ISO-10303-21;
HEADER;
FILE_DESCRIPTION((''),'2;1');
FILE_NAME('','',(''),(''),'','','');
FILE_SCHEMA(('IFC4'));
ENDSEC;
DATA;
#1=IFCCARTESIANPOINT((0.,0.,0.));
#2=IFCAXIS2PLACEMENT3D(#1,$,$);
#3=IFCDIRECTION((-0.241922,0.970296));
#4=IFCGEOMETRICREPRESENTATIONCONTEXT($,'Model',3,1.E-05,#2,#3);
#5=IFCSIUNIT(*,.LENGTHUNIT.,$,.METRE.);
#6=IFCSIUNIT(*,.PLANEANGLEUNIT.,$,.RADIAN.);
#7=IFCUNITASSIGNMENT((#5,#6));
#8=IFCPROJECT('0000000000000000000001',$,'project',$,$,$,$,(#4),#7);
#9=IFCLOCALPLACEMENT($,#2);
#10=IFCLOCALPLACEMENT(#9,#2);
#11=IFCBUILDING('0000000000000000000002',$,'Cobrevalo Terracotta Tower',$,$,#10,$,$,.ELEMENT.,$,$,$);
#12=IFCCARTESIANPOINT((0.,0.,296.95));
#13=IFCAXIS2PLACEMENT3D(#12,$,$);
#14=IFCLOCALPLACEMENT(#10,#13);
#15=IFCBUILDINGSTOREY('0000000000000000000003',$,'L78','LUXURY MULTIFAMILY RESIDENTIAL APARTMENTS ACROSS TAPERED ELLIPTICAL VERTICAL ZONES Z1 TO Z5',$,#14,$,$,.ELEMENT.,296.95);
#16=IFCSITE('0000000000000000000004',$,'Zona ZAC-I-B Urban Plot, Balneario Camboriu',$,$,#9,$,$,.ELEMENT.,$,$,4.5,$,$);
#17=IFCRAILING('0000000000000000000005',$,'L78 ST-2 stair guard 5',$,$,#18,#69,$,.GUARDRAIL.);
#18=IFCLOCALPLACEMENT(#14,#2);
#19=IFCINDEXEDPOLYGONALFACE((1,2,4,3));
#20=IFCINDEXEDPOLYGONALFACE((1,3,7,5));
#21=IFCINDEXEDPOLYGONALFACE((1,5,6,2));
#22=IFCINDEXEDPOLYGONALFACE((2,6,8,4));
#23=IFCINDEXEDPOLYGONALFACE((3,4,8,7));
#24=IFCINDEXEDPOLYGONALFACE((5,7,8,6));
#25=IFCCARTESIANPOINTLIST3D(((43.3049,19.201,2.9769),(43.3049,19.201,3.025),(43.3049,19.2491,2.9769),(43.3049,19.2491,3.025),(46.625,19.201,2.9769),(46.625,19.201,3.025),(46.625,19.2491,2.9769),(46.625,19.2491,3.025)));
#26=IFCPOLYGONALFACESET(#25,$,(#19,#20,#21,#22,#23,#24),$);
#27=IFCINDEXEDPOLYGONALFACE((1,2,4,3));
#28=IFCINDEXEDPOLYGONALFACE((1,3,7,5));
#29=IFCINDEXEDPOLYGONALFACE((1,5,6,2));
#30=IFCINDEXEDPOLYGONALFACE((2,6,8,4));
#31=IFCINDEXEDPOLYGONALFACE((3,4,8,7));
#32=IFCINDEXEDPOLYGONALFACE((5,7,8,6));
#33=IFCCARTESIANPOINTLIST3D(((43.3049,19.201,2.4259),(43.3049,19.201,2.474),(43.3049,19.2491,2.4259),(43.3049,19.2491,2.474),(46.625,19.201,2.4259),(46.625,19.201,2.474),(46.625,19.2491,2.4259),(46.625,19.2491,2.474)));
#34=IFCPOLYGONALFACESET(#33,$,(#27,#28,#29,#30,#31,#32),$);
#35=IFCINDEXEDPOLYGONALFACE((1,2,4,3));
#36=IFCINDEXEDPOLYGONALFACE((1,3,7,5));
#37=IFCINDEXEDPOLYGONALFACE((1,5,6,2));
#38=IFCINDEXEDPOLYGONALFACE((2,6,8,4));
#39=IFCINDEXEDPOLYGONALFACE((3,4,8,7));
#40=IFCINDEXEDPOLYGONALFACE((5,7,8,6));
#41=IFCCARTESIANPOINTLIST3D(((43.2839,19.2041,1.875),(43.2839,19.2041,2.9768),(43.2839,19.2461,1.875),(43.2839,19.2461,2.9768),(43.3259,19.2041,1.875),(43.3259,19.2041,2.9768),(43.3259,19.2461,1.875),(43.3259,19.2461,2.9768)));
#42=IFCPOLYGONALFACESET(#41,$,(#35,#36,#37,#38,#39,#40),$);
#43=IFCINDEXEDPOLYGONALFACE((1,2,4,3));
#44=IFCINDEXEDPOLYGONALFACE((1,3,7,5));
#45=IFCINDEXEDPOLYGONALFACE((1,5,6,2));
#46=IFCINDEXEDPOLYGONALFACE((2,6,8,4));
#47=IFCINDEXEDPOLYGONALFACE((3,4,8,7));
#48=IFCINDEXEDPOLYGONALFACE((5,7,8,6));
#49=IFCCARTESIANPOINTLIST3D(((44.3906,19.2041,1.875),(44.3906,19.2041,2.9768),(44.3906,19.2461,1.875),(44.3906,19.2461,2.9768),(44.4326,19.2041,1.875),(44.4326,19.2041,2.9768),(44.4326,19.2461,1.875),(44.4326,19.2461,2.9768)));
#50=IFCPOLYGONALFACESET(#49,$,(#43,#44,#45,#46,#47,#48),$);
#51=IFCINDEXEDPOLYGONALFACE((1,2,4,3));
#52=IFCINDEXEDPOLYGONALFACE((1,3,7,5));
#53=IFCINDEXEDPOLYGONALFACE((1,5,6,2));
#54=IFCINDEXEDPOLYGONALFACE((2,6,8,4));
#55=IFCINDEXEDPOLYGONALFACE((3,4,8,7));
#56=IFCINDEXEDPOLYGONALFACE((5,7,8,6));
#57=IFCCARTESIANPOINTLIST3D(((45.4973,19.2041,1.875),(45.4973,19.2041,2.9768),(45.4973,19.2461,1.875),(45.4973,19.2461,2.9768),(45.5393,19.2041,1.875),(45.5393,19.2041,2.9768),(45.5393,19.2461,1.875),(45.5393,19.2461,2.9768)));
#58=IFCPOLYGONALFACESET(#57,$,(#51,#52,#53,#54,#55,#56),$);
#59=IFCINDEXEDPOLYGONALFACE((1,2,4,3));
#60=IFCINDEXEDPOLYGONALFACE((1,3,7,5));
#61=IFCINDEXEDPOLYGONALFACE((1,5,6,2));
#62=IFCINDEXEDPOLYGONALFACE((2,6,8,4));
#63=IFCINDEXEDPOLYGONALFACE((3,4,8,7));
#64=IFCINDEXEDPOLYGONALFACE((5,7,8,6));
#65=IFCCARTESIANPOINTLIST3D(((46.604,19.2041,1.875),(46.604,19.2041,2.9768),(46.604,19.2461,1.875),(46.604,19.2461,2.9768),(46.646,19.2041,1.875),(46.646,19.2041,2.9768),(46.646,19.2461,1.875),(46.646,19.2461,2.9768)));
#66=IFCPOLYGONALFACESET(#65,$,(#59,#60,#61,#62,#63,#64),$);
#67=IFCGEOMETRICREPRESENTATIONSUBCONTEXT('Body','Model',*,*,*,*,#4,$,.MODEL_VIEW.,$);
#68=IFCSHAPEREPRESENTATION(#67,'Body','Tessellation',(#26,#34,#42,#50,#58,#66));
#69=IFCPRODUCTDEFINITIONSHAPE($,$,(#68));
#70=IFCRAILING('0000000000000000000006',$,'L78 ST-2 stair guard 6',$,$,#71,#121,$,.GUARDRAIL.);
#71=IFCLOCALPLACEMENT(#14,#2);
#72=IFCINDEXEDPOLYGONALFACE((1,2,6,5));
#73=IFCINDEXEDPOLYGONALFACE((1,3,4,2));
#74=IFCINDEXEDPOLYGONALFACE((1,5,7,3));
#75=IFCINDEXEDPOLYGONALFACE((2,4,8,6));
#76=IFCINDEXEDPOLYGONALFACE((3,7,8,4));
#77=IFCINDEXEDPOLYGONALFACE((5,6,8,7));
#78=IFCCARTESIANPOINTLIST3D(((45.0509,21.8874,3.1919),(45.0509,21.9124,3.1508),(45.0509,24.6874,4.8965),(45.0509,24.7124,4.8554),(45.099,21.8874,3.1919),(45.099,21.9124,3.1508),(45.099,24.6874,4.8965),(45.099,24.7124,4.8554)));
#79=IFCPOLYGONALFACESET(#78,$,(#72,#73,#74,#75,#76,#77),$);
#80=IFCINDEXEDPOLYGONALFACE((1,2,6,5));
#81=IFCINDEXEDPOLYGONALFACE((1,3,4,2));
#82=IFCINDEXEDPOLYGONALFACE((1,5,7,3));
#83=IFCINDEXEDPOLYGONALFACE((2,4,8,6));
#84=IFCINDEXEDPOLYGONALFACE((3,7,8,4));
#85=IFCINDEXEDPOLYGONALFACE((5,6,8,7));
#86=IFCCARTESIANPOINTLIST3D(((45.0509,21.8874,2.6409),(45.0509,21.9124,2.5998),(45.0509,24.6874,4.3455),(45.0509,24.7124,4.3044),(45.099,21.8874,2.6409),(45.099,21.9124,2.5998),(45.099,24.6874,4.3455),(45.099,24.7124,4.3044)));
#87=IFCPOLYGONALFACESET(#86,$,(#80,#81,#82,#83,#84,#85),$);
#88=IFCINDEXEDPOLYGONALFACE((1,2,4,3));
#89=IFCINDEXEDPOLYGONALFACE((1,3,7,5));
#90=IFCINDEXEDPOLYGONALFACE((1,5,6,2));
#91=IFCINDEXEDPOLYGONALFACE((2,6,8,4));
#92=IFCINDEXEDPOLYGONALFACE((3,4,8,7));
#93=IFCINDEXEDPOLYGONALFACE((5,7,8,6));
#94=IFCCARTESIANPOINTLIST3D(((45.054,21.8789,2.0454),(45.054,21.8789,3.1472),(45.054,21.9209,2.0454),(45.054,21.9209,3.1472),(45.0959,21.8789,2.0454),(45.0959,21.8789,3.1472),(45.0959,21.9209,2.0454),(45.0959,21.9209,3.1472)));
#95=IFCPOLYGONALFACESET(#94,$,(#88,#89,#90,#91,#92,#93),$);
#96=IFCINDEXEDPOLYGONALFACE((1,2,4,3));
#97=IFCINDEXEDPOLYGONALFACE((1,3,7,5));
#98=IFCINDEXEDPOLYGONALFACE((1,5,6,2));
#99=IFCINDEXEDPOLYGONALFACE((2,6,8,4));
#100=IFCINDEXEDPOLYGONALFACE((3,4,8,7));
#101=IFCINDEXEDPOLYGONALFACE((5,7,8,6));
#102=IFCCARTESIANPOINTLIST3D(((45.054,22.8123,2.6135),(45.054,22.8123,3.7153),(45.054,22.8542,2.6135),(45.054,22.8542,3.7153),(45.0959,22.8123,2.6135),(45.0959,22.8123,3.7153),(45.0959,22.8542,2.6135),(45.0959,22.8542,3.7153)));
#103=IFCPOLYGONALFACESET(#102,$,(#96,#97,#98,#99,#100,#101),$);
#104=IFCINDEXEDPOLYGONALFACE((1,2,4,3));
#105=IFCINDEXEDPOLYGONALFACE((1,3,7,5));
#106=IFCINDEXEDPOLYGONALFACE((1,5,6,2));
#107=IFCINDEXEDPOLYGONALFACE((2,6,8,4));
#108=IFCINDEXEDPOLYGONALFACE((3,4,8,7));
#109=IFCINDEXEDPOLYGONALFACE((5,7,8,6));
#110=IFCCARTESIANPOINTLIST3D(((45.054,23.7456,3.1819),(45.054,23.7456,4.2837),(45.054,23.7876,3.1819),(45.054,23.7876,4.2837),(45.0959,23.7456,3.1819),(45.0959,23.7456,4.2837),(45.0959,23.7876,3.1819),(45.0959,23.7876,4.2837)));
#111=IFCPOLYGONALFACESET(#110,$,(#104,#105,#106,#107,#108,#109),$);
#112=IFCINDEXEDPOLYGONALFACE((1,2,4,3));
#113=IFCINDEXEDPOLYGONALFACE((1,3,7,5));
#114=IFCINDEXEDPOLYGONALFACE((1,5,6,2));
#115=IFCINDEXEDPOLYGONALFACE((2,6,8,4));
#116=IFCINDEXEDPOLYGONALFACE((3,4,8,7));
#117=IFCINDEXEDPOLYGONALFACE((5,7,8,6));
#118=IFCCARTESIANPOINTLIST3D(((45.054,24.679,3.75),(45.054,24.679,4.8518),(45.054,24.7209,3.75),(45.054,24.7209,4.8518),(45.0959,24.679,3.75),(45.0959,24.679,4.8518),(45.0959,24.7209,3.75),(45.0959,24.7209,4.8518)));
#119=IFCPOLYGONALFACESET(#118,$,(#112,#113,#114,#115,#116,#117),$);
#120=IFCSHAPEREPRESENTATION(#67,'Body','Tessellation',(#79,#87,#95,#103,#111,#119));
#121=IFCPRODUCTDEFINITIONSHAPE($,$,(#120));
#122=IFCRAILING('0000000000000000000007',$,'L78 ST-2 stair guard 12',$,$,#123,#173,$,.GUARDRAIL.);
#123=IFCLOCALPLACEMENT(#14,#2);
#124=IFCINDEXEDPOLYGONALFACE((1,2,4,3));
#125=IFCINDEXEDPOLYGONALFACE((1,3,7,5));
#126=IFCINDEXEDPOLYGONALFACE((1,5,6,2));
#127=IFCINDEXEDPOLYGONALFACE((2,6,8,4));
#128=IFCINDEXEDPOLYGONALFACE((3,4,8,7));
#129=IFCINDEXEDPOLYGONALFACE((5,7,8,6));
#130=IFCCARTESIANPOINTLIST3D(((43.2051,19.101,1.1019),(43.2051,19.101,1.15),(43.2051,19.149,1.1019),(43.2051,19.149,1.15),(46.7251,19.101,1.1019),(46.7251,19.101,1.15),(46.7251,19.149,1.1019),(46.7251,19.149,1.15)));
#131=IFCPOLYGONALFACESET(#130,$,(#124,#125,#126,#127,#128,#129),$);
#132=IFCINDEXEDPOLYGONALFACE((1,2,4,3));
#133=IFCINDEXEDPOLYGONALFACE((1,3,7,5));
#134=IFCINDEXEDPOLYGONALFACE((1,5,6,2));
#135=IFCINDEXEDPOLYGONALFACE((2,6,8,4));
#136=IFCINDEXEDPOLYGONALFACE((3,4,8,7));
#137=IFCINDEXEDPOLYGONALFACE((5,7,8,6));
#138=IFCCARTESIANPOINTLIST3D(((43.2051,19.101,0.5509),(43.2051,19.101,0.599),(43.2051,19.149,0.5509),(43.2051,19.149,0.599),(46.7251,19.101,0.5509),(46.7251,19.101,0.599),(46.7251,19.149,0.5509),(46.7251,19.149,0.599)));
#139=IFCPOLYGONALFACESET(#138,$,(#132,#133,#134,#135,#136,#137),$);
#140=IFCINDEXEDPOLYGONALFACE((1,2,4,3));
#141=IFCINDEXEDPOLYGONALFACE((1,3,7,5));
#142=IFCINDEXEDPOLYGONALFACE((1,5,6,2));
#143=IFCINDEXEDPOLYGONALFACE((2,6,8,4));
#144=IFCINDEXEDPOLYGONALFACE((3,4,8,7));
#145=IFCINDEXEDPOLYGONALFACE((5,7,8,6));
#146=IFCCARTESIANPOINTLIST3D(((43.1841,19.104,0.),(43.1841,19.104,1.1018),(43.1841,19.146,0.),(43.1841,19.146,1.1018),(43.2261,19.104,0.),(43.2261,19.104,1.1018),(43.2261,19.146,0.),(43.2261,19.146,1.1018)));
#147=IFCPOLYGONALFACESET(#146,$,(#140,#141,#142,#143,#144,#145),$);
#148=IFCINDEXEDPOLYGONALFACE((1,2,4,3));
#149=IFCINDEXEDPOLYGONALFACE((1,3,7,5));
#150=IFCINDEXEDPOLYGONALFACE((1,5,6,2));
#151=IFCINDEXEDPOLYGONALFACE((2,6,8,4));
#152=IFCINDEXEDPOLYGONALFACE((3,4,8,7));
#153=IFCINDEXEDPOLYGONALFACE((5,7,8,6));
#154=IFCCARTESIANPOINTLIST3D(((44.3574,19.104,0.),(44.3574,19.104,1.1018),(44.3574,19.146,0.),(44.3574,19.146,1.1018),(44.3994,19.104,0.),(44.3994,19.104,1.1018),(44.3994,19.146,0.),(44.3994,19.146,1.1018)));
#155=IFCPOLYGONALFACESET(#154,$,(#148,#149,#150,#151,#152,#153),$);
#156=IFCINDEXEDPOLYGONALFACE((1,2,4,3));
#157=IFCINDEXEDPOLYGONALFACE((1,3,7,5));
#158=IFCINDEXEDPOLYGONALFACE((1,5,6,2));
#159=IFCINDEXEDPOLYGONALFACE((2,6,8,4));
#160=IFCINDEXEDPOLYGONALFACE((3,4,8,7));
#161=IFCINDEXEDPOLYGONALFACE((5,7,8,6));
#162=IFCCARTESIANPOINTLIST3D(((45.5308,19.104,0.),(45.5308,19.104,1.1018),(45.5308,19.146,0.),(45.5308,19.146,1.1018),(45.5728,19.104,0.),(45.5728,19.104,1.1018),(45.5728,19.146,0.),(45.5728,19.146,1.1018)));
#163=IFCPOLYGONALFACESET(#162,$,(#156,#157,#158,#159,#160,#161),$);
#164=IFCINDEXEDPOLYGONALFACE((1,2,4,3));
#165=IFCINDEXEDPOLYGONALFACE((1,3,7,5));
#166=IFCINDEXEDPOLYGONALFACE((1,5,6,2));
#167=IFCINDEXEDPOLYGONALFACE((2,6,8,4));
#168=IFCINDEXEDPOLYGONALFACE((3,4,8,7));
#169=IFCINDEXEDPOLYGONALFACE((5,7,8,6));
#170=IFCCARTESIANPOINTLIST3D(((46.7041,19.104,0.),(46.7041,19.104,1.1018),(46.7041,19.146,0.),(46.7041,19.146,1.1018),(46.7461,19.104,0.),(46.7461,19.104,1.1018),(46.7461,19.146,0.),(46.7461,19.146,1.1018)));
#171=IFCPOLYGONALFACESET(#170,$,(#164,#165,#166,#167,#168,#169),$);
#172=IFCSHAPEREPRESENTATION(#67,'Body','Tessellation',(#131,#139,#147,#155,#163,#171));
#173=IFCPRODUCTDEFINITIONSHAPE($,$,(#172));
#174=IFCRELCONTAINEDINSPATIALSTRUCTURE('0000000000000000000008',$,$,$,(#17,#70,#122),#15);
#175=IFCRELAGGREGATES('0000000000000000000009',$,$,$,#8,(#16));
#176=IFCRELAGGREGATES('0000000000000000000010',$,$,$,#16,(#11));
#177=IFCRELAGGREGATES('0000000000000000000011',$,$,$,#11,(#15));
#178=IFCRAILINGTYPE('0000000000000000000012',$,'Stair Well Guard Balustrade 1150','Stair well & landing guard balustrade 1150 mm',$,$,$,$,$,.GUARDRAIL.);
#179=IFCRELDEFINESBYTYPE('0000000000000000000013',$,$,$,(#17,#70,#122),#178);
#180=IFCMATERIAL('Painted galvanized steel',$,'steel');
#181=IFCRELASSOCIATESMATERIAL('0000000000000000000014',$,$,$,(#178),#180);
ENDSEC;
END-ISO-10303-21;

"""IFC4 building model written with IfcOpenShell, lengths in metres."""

from ifc_helpers import new_model, si_unit, direction, frame, origin, origin_2d, place, context, subcontext, project, spatial, rectangle, extrude, material, type_object, element, save


model = new_model("IFC4")

# Units and contexts
model_context = context("Model", 3, precision=1e-05, world=origin(), true_north=direction((-0.241922, 0.970296)))
body_context = subcontext(model_context, "Body", "Model", "MODEL_VIEW")
ifc_project = project(units=[si_unit("LENGTHUNIT", "METRE"), si_unit("PLANEANGLEUNIT", "RADIAN")], contexts=[model_context])

# Site, building, storey
site_placement = place(None, origin())
site = spatial("IfcSite", under=ifc_project, at=site_placement, Name="Zona ZAC-I-B Urban Plot, Balneario Camboriu", CompositionType="ELEMENT", RefElevation=4.5)
building_placement = place(site_placement, origin())
building = spatial("IfcBuilding", under=site, at=building_placement, Name="Cobrevalo Terracotta Tower", CompositionType="ELEMENT")
storey_placement = place(building_placement, frame((0.0, 0.0, 296.95)))
storey = spatial("IfcBuildingStorey", under=building, at=storey_placement, Name="L78", Description="LUXURY MULTIFAMILY RESIDENTIAL APARTMENTS ACROSS TAPERED ELLIPTICAL VERTICAL ZONES Z1 TO Z5", CompositionType="ELEMENT", Elevation=296.95)

# Railings
ifc_material_1 = material(Name="Painted galvanized steel", Category="steel")
railing_type_1 = type_object("IfcRailingType", Name="Stair Well Guard Balustrade 1150", Description="Stair well & landing guard balustrade 1150 mm", PredefinedType="GUARDRAIL", material=ifc_material_1)
railing_1_placement = place(storey_placement, frame((43.3049, 19.2251, 1.875)))
element("IfcRailing", 1, at=railing_1_placement, inside=storey, type_object=railing_type_1, Name="L78 ST-2 stair guard 5", PredefinedType="GUARDRAIL", context=body_context, shape_type="SweptSolid", body=[
    extrude(rectangle(XDim=0.0481, YDim=0.0481, at=origin_2d()), frame((0.0, 0.0, 1.126), z_axis=(1.0, 0.0, 0.0), x_axis=(0.0, 1.0, 0.0)), (0.0, 0.0, 1.0), 3.3201),
    extrude(rectangle(XDim=0.0481, YDim=0.0481, at=origin_2d()), frame((0.0, 0.0, 0.575), z_axis=(1.0, 0.0, 0.0), x_axis=(0.0, 1.0, 0.0)), (0.0, 0.0, 1.0), 3.3201),
    extrude(rectangle(XDim=0.042, YDim=0.042, at=origin_2d()), origin(), (0.0, 0.0, 1.0), 1.1018),
    extrude(rectangle(XDim=0.042, YDim=0.042, at=origin_2d()), frame((1.1067, 0.0, 0.0)), (0.0, 0.0, 1.0), 1.1018),
    extrude(rectangle(XDim=0.042, YDim=0.042, at=origin_2d()), frame((2.2134, 0.0, 0.0)), (0.0, 0.0, 1.0), 1.1018),
    extrude(rectangle(XDim=0.042, YDim=0.042, at=origin_2d()), frame((3.3201, 0.0, 0.0)), (0.0, 0.0, 1.0), 1.1018),
])
railing_2_placement = place(storey_placement, frame((45.075, 21.8999, 2.0454)))
element("IfcRailing", 2, at=railing_2_placement, inside=storey, type_object=railing_type_1, Name="L78 ST-2 stair guard 6", PredefinedType="GUARDRAIL", context=body_context, shape_type="SweptSolid", body=[
    extrude(rectangle(XDim=0.0481, YDim=0.0481, at=origin_2d()), frame((0.0, 0.0, 1.126), z_axis=(0.0, 0.85417, 0.519994), x_axis=(-1.0, 0.0, 0.0)), (0.0, 0.0, 1.0), 3.2781),
    extrude(rectangle(XDim=0.0481, YDim=0.0481, at=origin_2d()), frame((0.0, 0.0, 0.575), z_axis=(0.0, 0.85417, 0.519994), x_axis=(-1.0, 0.0, 0.0)), (0.0, 0.0, 1.0), 3.2781),
    extrude(rectangle(XDim=0.042, YDim=0.042, at=origin_2d()), origin(), (0.0, 0.0, 1.0), 1.1018),
    extrude(rectangle(XDim=0.042, YDim=0.042, at=origin_2d()), frame((0.0, 0.9333, 0.5681)), (0.0, 0.0, 1.0), 1.1018),
    extrude(rectangle(XDim=0.042, YDim=0.042, at=origin_2d()), frame((0.0, 1.8667, 1.1365)), (0.0, 0.0, 1.0), 1.1018),
    extrude(rectangle(XDim=0.042, YDim=0.042, at=origin_2d()), frame((0.0, 2.8, 1.7046)), (0.0, 0.0, 1.0), 1.1018),
])
railing_3_placement = place(storey_placement, frame((43.2051, 19.125, 0.0)))
element("IfcRailing", 3, at=railing_3_placement, inside=storey, type_object=railing_type_1, Name="L78 ST-2 stair guard 12", PredefinedType="GUARDRAIL", context=body_context, shape_type="SweptSolid", body=[
    extrude(rectangle(XDim=0.0481, YDim=0.0481, at=origin_2d()), frame((0.0, 0.0, 1.126), z_axis=(1.0, 0.0, 0.0), x_axis=(0.0, 1.0, 0.0)), (0.0, 0.0, 1.0), 3.52),
    extrude(rectangle(XDim=0.0481, YDim=0.0481, at=origin_2d()), frame((0.0, 0.0, 0.575), z_axis=(1.0, 0.0, 0.0), x_axis=(0.0, 1.0, 0.0)), (0.0, 0.0, 1.0), 3.52),
    extrude(rectangle(XDim=0.042, YDim=0.042, at=origin_2d()), origin(), (0.0, 0.0, 1.0), 1.1018),
    extrude(rectangle(XDim=0.042, YDim=0.042, at=origin_2d()), frame((1.1733, 0.0, 0.0)), (0.0, 0.0, 1.0), 1.1018),
    extrude(rectangle(XDim=0.042, YDim=0.042, at=origin_2d()), frame((2.3467, 0.0, 0.0)), (0.0, 0.0, 1.0), 1.1018),
    extrude(rectangle(XDim=0.042, YDim=0.042, at=origin_2d()), frame((3.52, 0.0, 0.0)), (0.0, 0.0, 1.0), 1.1018),
])

save(model, "model.ifc")
